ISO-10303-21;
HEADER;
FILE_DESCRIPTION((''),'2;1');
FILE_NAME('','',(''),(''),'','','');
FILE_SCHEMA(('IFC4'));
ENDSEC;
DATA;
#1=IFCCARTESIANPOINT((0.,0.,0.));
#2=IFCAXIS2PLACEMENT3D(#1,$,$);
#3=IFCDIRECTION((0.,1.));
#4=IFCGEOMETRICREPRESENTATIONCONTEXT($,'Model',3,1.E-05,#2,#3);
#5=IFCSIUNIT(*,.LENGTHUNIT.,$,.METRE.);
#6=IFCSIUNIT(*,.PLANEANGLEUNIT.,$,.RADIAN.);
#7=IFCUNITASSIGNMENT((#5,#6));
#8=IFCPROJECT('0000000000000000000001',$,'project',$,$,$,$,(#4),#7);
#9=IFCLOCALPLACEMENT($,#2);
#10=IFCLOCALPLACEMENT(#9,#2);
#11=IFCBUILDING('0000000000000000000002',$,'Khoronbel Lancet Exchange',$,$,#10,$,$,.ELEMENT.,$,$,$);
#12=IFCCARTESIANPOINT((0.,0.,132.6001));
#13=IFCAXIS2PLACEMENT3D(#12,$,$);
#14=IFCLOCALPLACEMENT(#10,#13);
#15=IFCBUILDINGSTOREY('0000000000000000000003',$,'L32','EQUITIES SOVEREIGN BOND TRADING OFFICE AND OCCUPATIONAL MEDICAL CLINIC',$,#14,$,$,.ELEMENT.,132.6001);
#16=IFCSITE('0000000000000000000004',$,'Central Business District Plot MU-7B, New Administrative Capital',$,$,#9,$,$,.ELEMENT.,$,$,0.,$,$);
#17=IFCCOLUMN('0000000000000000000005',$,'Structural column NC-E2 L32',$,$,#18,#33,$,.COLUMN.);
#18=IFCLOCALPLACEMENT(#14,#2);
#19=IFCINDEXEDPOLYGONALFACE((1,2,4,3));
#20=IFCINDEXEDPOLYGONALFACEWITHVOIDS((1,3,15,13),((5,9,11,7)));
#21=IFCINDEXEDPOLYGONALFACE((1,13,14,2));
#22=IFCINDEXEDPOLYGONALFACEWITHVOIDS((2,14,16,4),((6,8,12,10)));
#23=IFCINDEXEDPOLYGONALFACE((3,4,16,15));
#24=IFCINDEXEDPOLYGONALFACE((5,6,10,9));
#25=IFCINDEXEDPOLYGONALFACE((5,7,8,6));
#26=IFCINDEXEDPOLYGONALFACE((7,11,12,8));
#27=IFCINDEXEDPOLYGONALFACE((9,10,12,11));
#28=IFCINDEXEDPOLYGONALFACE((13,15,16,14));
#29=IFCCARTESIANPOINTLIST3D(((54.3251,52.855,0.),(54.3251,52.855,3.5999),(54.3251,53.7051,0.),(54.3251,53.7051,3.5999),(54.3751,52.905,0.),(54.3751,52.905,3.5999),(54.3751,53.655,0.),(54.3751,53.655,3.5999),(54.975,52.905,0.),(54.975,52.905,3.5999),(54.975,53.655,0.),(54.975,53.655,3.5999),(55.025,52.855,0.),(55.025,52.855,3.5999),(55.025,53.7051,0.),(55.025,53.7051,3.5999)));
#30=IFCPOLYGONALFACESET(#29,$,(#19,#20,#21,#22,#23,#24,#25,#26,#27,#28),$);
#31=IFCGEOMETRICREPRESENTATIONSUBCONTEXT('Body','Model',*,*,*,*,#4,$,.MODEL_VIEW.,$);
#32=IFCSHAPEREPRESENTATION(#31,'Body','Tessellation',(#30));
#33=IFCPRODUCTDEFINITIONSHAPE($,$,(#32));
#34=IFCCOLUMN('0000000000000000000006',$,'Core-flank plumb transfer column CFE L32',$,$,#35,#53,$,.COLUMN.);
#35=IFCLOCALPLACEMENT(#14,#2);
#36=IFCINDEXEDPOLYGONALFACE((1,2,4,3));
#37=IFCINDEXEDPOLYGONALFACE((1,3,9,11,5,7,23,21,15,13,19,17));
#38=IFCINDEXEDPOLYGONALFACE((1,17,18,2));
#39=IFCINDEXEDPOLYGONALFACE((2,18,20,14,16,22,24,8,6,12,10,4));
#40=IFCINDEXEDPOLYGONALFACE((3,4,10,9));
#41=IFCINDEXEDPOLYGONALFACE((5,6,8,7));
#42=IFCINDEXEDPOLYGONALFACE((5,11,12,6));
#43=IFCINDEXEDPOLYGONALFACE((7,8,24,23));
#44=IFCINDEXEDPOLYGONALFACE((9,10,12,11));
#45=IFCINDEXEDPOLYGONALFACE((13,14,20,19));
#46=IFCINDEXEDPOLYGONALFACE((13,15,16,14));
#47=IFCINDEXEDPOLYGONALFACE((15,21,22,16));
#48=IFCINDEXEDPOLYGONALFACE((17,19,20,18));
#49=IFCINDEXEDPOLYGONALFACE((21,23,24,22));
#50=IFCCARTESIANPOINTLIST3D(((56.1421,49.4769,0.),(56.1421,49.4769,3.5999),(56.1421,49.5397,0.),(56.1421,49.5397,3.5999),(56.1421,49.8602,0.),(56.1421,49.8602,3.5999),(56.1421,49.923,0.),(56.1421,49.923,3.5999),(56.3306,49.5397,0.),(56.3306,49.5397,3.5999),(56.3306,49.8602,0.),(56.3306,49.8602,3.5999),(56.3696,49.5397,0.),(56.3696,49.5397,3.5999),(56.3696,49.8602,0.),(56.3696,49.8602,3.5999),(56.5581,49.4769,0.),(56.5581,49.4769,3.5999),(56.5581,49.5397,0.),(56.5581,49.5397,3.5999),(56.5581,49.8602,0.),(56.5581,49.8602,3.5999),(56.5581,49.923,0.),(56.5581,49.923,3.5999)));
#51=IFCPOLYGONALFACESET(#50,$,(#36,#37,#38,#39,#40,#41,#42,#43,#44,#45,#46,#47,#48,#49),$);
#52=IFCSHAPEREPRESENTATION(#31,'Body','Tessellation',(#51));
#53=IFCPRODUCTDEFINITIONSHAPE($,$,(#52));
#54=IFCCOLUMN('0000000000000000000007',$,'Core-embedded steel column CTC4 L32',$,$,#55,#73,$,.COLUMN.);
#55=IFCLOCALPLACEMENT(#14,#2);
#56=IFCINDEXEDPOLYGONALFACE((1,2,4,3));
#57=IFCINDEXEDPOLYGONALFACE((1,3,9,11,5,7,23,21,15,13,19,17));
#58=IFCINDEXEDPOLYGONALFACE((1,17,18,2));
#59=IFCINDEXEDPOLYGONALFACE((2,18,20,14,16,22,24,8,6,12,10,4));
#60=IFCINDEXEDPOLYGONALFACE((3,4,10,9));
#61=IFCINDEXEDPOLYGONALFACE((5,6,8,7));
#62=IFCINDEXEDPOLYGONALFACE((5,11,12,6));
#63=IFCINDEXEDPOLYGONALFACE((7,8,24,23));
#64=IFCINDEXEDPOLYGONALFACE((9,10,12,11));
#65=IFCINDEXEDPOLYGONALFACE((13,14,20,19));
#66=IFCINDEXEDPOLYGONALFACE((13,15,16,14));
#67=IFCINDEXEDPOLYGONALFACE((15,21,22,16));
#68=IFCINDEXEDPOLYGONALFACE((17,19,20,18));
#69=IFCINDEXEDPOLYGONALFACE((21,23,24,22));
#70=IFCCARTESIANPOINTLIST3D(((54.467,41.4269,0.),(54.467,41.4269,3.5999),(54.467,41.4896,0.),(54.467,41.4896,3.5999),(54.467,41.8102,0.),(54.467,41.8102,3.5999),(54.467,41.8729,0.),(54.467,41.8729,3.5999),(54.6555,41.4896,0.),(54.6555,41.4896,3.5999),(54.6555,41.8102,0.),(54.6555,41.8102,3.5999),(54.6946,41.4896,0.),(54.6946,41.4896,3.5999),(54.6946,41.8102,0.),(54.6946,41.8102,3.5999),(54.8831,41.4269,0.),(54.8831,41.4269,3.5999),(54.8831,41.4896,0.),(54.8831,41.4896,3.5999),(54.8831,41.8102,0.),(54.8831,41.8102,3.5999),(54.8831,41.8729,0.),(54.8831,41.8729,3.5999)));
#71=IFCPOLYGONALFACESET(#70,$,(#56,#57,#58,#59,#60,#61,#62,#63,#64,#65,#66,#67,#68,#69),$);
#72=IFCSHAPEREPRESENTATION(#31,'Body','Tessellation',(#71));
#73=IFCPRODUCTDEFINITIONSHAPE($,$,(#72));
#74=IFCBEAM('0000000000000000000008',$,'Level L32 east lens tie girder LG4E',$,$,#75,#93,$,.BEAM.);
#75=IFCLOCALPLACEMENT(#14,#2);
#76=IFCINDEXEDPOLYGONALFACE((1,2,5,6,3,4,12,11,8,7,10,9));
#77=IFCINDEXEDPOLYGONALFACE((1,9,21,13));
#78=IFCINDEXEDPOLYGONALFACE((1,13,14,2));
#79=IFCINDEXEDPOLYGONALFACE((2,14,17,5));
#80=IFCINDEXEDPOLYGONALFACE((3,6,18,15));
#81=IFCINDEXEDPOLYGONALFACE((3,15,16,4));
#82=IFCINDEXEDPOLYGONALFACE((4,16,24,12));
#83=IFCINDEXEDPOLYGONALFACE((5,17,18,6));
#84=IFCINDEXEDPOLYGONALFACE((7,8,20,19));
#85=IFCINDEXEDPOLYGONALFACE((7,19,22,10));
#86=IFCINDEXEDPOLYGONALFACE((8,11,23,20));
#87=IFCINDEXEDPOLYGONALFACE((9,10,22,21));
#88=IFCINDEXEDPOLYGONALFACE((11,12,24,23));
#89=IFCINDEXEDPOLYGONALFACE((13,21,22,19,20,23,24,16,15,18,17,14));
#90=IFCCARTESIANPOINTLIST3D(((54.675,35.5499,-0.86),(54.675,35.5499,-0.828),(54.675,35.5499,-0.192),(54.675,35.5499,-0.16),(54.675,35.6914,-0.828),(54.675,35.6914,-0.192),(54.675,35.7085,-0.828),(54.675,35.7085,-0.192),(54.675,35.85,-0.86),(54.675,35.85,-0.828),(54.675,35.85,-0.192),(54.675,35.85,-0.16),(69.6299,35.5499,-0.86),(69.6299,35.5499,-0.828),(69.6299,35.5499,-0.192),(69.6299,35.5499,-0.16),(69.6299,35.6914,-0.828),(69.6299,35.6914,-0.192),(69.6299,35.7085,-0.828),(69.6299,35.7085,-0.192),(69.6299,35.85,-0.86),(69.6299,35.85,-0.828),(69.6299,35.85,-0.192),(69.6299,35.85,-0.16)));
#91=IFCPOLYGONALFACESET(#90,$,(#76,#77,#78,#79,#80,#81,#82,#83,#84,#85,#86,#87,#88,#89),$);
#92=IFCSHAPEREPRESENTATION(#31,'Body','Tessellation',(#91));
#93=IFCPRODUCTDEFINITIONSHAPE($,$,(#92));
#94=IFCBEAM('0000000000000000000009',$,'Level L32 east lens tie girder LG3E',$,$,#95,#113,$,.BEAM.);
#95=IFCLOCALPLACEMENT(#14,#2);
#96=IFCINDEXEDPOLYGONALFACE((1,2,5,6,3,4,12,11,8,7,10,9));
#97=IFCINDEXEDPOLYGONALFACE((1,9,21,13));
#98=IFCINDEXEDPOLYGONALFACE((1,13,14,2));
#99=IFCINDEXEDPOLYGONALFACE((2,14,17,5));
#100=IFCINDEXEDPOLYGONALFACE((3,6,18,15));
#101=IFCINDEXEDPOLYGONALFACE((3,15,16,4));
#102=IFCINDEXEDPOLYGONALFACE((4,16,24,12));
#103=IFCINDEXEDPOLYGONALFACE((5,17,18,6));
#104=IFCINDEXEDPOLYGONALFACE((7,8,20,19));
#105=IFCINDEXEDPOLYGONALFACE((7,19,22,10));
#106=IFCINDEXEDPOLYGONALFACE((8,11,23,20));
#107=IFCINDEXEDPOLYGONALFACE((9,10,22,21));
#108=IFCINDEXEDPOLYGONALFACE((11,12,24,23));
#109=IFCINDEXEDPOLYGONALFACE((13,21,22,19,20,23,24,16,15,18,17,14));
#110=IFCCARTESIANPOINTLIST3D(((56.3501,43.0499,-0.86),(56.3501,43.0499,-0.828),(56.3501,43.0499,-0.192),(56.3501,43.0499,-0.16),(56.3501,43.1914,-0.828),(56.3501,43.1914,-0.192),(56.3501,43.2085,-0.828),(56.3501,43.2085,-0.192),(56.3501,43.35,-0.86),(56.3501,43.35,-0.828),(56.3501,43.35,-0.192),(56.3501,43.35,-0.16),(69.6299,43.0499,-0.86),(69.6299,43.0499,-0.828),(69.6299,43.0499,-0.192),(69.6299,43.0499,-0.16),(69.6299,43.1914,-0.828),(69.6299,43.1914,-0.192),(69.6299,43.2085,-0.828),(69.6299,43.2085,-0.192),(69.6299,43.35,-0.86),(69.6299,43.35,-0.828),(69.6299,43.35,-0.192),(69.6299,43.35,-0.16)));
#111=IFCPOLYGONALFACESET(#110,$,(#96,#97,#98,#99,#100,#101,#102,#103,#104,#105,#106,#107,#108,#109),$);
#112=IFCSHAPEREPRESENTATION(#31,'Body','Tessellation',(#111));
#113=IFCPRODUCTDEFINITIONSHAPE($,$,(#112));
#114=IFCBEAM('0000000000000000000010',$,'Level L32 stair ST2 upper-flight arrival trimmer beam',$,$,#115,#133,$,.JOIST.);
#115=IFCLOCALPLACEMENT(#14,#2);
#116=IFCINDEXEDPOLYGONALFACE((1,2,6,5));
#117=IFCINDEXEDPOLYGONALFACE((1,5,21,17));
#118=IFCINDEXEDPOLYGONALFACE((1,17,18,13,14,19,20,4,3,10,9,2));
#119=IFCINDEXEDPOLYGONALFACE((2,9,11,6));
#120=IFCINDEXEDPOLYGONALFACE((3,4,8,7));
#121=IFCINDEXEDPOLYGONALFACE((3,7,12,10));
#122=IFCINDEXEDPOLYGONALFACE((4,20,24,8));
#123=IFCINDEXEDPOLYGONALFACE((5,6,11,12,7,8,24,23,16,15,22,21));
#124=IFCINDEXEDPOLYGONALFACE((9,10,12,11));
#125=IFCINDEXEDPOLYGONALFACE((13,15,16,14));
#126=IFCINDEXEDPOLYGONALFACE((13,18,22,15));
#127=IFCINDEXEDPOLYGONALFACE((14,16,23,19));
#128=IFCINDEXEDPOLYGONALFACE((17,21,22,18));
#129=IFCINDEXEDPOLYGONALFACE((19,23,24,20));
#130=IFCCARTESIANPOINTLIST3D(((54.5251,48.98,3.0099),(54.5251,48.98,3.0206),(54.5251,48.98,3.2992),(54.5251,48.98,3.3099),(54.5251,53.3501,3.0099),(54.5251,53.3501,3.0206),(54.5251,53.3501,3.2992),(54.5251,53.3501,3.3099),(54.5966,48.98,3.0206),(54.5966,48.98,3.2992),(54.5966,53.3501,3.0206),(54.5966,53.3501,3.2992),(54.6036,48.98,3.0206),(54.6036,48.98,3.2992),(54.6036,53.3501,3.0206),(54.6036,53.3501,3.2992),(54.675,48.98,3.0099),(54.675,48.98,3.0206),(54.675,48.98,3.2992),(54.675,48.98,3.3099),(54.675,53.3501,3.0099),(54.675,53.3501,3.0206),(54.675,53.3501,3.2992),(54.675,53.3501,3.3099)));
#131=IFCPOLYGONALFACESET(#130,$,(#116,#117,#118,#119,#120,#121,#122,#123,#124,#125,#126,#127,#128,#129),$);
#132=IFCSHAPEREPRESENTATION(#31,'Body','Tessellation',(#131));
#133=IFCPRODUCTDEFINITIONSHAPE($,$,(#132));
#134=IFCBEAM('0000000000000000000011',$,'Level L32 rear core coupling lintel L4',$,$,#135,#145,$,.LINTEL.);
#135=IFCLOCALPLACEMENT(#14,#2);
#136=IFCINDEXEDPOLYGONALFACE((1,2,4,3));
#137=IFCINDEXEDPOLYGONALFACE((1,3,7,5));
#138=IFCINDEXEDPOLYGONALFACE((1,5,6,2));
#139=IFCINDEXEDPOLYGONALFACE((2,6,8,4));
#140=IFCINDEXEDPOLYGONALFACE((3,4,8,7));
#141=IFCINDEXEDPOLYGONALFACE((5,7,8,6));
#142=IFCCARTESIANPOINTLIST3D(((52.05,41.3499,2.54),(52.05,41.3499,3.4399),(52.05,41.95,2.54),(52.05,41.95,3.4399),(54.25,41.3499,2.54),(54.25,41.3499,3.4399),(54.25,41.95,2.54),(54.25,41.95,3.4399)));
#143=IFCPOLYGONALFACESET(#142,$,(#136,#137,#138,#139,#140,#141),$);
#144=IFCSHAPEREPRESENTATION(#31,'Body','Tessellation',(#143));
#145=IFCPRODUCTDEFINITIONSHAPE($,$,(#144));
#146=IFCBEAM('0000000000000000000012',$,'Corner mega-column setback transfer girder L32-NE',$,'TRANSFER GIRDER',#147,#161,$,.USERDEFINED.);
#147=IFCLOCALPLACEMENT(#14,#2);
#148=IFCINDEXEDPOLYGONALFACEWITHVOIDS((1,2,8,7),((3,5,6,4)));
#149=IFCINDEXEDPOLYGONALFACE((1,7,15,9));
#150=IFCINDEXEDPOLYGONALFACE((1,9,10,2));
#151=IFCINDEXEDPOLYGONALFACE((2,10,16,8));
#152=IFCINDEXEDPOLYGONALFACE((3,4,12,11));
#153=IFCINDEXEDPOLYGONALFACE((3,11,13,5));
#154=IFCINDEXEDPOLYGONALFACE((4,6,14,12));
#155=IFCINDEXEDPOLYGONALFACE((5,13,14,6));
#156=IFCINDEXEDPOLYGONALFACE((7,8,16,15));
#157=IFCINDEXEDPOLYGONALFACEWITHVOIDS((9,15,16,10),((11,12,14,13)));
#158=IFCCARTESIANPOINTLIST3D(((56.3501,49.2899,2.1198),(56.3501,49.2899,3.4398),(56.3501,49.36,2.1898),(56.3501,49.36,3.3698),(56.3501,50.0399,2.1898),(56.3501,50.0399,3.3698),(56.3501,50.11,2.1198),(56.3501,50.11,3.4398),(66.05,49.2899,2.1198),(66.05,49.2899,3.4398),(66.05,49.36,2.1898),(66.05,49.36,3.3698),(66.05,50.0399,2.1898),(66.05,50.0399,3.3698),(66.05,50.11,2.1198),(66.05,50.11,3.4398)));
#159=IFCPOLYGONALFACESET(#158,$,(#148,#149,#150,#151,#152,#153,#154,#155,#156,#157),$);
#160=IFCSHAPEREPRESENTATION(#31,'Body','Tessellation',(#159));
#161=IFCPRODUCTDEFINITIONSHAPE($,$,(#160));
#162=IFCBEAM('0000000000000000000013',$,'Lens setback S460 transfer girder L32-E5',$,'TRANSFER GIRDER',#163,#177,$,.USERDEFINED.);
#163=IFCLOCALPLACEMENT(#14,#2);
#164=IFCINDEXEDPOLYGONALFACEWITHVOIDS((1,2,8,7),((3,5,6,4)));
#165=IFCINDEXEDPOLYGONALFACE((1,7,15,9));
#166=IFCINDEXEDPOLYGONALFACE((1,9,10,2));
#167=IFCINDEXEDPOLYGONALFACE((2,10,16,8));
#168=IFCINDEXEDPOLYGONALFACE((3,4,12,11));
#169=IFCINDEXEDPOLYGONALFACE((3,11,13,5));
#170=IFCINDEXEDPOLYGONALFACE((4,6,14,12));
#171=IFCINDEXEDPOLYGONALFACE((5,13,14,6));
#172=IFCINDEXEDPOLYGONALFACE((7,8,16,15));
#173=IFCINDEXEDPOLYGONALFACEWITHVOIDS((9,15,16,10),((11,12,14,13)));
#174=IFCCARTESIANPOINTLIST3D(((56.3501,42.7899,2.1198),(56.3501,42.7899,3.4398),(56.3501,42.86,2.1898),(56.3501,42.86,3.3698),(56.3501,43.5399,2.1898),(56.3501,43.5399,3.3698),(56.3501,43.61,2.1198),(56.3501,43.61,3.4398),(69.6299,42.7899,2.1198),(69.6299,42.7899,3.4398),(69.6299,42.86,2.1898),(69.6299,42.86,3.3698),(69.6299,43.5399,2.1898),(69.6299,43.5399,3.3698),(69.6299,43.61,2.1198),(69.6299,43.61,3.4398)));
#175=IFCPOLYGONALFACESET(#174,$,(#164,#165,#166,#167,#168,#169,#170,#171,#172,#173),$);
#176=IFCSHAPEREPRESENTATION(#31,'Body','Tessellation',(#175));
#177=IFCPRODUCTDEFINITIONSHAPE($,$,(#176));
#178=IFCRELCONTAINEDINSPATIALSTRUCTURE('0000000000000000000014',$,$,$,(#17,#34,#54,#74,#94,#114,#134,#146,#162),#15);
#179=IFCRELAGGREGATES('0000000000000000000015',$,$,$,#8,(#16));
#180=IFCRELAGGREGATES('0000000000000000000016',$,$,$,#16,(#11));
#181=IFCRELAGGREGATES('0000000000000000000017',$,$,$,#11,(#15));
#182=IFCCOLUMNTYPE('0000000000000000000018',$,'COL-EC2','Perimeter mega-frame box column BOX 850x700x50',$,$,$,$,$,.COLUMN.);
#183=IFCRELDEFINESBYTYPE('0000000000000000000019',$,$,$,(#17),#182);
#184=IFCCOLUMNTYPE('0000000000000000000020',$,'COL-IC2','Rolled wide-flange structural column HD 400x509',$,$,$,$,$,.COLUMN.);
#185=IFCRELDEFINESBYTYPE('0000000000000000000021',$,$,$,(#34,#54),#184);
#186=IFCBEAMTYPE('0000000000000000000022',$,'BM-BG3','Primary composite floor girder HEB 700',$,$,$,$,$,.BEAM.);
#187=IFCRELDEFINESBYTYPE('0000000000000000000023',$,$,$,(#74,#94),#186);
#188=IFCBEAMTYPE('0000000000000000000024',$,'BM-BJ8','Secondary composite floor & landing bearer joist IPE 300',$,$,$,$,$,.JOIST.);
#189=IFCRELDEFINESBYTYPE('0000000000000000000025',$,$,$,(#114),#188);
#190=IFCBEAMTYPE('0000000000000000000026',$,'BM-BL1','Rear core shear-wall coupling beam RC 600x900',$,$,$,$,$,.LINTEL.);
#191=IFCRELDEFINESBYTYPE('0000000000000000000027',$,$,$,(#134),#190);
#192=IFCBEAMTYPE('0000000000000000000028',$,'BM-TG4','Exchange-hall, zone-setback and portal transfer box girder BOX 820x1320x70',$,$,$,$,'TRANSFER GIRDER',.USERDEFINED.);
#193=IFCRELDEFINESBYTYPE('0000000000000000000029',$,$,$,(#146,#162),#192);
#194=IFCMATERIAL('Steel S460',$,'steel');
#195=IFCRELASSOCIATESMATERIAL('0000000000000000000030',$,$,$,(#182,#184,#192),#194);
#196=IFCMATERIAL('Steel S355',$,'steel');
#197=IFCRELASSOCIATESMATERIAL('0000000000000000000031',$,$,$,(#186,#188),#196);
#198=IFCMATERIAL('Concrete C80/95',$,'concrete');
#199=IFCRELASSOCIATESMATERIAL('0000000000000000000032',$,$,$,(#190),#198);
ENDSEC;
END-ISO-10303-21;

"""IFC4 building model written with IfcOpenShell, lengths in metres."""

from ifc_helpers import new_model, si_unit, direction, frame, origin, origin_2d, place, context, subcontext, project, spatial, rectangle, hollow_rectangle, i_section, extrude, material, material_profile, profile_set, type_object, element, save


model = new_model("IFC4")

# Units and contexts
model_context = context("Model", 3, precision=1e-05, world=origin(), true_north=direction((0.0, 1.0)))
body_context = subcontext(model_context, "Body", "Model", "MODEL_VIEW")
ifc_project = project(units=[si_unit("LENGTHUNIT", "METRE"), si_unit("PLANEANGLEUNIT", "RADIAN")], contexts=[model_context])

# Site, building, storey
site_placement = place(None, origin())
site = spatial("IfcSite", under=ifc_project, at=site_placement, Name="Central Business District Plot MU-7B, New Administrative Capital", CompositionType="ELEMENT", RefElevation=0.0)
building_placement = place(site_placement, origin())
building = spatial("IfcBuilding", under=site, at=building_placement, Name="Khoronbel Lancet Exchange", CompositionType="ELEMENT")
storey_placement = place(building_placement, frame((0.0, 0.0, 132.6001)))
storey = spatial("IfcBuildingStorey", under=building, at=storey_placement, Name="L32", Description="EQUITIES SOVEREIGN BOND TRADING OFFICE AND OCCUPATIONAL MEDICAL CLINIC", CompositionType="ELEMENT", Elevation=132.6001)

# Columns
ifc_material_1 = material(Name="Steel S460", Category="steel")
ifc_material_profile_1 = material_profile(ifc_material_1, hollow_rectangle(XDim=0.7, YDim=0.8501, WallThickness=0.05, at=origin_2d()), Name="BOX 850x700x50")
ifc_profile_set_1 = profile_set([ifc_material_profile_1], Name="Steel S460")
column_type_1 = type_object("IfcColumnType", Name="COL-EC2", Description="Perimeter mega-frame box column BOX 850x700x50", PredefinedType="COLUMN", material=ifc_profile_set_1)
column_placement = place(storey_placement, frame((54.675, 53.28, 0.0), z_axis=(0.0, 0.0, 1.0), x_axis=(1.0, 0.0, 0.0)))
element("IfcColumn", 1, at=column_placement, inside=storey, type_object=column_type_1, Name="Structural column NC-E2 L32", PredefinedType="COLUMN", context=body_context, shape_type="SweptSolid", body=[
    extrude(hollow_rectangle(XDim=0.7, YDim=0.8501, WallThickness=0.05, at=origin_2d()), origin(), (0.0, 0.0, 1.0), 3.5999),
])
ifc_material_profile_2 = material_profile(ifc_material_1, i_section(OverallWidth=0.416, OverallDepth=0.446, WebThickness=0.0391, FlangeThickness=0.0627, at=origin_2d()), Name="HD 400x509")
ifc_profile_set_2 = profile_set([ifc_material_profile_2], Name="Steel S460")
column_type_2 = type_object("IfcColumnType", Name="COL-IC2", Description="Rolled wide-flange structural column HD 400x509", PredefinedType="COLUMN", material=ifc_profile_set_2)
for number, where, z_axis, x_axis, name in (
    (2, (56.3501, 49.7, 0.0), (0.0, 0.0, 1.0), (1.0, 0.0, 0.0), "Core-flank plumb transfer column CFE L32"),
    (3, (54.675, 41.6499, 0.0), (0.0, 0.0, 1.0), (1.0, 0.0, 0.0), "Core-embedded steel column CTC4 L32"),
):
    element("IfcColumn", number, at=place(storey_placement, frame(where, z_axis=z_axis, x_axis=x_axis)), inside=storey, type_object=column_type_2, Name=name, PredefinedType="COLUMN", context=body_context, shape_type="SweptSolid", body=[
        extrude(i_section(OverallWidth=0.416, OverallDepth=0.446, WebThickness=0.0391, FlangeThickness=0.0627, at=origin_2d()), origin(), (0.0, 0.0, 1.0), 3.5999),
    ])

# Beams
ifc_material_2 = material(Name="Steel S355", Category="steel")
ifc_material_profile_3 = material_profile(ifc_material_2, i_section(OverallWidth=0.3, OverallDepth=0.7, WebThickness=0.0171, FlangeThickness=0.032, at=origin_2d()), Name="HEB 700")
ifc_profile_set_3 = profile_set([ifc_material_profile_3], Name="Steel S355")
beam_type_1 = type_object("IfcBeamType", Name="BM-BG3", Description="Primary composite floor girder HEB 700", PredefinedType="BEAM", material=ifc_profile_set_3)
beam_1_placement = place(storey_placement, frame((54.675, 35.7, -0.51), z_axis=(1.0, 0.0, 0.0), x_axis=(0.0, 1.0, 0.0)))
element("IfcBeam", 4, at=beam_1_placement, inside=storey, type_object=beam_type_1, Name="Level L32 east lens tie girder LG4E", PredefinedType="BEAM", context=body_context, shape_type="SweptSolid", body=[
    extrude(i_section(OverallWidth=0.3, OverallDepth=0.7, WebThickness=0.0171, FlangeThickness=0.032, at=origin_2d()), origin(), (0.0, 0.0, 1.0), 14.9548),
])
beam_2_placement = place(storey_placement, frame((56.3501, 43.2, -0.51), z_axis=(1.0, 0.0, 0.0), x_axis=(0.0, 1.0, 0.0)))
element("IfcBeam", 5, at=beam_2_placement, inside=storey, type_object=beam_type_1, Name="Level L32 east lens tie girder LG3E", PredefinedType="BEAM", context=body_context, shape_type="SweptSolid", body=[
    extrude(i_section(OverallWidth=0.3, OverallDepth=0.7, WebThickness=0.0171, FlangeThickness=0.032, at=origin_2d()), origin(), (0.0, 0.0, 1.0), 13.2798),
])
ifc_material_profile_4 = material_profile(ifc_material_2, i_section(OverallWidth=0.1499, OverallDepth=0.3, WebThickness=0.0071, FlangeThickness=0.0107, at=origin_2d()), Name="IPE 300")
ifc_profile_set_4 = profile_set([ifc_material_profile_4], Name="Steel S355")
beam_type_2 = type_object("IfcBeamType", Name="BM-BJ8", Description="Secondary composite floor & landing bearer joist IPE 300", PredefinedType="JOIST", material=ifc_profile_set_4)
beam_3_placement = place(storey_placement, frame((54.6001, 48.98, 3.1599), z_axis=(0.0, 1.0, 0.0), x_axis=(-1.0, 0.0, 0.0)))
element("IfcBeam", 6, at=beam_3_placement, inside=storey, type_object=beam_type_2, Name="Level L32 stair ST2 upper-flight arrival trimmer beam", PredefinedType="JOIST", context=body_context, shape_type="SweptSolid", body=[
    extrude(i_section(OverallWidth=0.1499, OverallDepth=0.3, WebThickness=0.0071, FlangeThickness=0.0107, at=origin_2d()), origin(), (0.0, 0.0, 1.0), 4.3701),
])
ifc_material_3 = material(Name="Concrete C80/95", Category="concrete")
ifc_material_profile_5 = material_profile(ifc_material_3, rectangle(XDim=0.6001, YDim=0.8999, at=origin_2d()), Name="RC 600x900")
ifc_profile_set_5 = profile_set([ifc_material_profile_5], Name="Concrete C80/95")
beam_type_3 = type_object("IfcBeamType", Name="BM-BL1", Description="Rear core shear-wall coupling beam RC 600x900", PredefinedType="LINTEL", material=ifc_profile_set_5)
beam_4_placement = place(storey_placement, frame((52.05, 41.6499, 2.99), z_axis=(1.0, 0.0, 0.0), x_axis=(0.0, 1.0, 0.0)))
element("IfcBeam", 7, at=beam_4_placement, inside=storey, type_object=beam_type_3, Name="Level L32 rear core coupling lintel L4", PredefinedType="LINTEL", context=body_context, shape_type="SweptSolid", body=[
    extrude(rectangle(XDim=0.6001, YDim=0.8999, at=origin_2d()), origin(), (0.0, 0.0, 1.0), 2.2),
])
ifc_material_profile_6 = material_profile(ifc_material_1, hollow_rectangle(XDim=0.8201, YDim=1.3201, WallThickness=0.0701, at=origin_2d()), Name="BOX 820x1320x70")
ifc_profile_set_6 = profile_set([ifc_material_profile_6], Name="Steel S460")
beam_type_4 = type_object("IfcBeamType", Name="BM-TG4", Description="Exchange-hall, zone-setback and portal transfer box girder BOX 820x1320x70", ElementType="TRANSFER GIRDER", PredefinedType="USERDEFINED", material=ifc_profile_set_6)
beam_5_placement = place(storey_placement, frame((56.3501, 49.7, 2.7798), z_axis=(1.0, 0.0, 0.0), x_axis=(0.0, 1.0, 0.0)))
element("IfcBeam", 8, at=beam_5_placement, inside=storey, type_object=beam_type_4, Name="Corner mega-column setback transfer girder L32-NE", ObjectType="TRANSFER GIRDER", PredefinedType="USERDEFINED", context=body_context, shape_type="SweptSolid", body=[
    extrude(hollow_rectangle(XDim=0.8201, YDim=1.3201, WallThickness=0.0701, at=origin_2d()), origin(), (0.0, 0.0, 1.0), 9.7),
])
beam_6_placement = place(storey_placement, frame((56.3501, 43.2, 2.7798), z_axis=(1.0, 0.0, 0.0), x_axis=(0.0, 1.0, 0.0)))
element("IfcBeam", 9, at=beam_6_placement, inside=storey, type_object=beam_type_4, Name="Lens setback S460 transfer girder L32-E5", ObjectType="TRANSFER GIRDER", PredefinedType="USERDEFINED", context=body_context, shape_type="SweptSolid", body=[
    extrude(hollow_rectangle(XDim=0.8201, YDim=1.3201, WallThickness=0.0701, at=origin_2d()), origin(), (0.0, 0.0, 1.0), 13.2798),
])

save(model, "model.ifc")
